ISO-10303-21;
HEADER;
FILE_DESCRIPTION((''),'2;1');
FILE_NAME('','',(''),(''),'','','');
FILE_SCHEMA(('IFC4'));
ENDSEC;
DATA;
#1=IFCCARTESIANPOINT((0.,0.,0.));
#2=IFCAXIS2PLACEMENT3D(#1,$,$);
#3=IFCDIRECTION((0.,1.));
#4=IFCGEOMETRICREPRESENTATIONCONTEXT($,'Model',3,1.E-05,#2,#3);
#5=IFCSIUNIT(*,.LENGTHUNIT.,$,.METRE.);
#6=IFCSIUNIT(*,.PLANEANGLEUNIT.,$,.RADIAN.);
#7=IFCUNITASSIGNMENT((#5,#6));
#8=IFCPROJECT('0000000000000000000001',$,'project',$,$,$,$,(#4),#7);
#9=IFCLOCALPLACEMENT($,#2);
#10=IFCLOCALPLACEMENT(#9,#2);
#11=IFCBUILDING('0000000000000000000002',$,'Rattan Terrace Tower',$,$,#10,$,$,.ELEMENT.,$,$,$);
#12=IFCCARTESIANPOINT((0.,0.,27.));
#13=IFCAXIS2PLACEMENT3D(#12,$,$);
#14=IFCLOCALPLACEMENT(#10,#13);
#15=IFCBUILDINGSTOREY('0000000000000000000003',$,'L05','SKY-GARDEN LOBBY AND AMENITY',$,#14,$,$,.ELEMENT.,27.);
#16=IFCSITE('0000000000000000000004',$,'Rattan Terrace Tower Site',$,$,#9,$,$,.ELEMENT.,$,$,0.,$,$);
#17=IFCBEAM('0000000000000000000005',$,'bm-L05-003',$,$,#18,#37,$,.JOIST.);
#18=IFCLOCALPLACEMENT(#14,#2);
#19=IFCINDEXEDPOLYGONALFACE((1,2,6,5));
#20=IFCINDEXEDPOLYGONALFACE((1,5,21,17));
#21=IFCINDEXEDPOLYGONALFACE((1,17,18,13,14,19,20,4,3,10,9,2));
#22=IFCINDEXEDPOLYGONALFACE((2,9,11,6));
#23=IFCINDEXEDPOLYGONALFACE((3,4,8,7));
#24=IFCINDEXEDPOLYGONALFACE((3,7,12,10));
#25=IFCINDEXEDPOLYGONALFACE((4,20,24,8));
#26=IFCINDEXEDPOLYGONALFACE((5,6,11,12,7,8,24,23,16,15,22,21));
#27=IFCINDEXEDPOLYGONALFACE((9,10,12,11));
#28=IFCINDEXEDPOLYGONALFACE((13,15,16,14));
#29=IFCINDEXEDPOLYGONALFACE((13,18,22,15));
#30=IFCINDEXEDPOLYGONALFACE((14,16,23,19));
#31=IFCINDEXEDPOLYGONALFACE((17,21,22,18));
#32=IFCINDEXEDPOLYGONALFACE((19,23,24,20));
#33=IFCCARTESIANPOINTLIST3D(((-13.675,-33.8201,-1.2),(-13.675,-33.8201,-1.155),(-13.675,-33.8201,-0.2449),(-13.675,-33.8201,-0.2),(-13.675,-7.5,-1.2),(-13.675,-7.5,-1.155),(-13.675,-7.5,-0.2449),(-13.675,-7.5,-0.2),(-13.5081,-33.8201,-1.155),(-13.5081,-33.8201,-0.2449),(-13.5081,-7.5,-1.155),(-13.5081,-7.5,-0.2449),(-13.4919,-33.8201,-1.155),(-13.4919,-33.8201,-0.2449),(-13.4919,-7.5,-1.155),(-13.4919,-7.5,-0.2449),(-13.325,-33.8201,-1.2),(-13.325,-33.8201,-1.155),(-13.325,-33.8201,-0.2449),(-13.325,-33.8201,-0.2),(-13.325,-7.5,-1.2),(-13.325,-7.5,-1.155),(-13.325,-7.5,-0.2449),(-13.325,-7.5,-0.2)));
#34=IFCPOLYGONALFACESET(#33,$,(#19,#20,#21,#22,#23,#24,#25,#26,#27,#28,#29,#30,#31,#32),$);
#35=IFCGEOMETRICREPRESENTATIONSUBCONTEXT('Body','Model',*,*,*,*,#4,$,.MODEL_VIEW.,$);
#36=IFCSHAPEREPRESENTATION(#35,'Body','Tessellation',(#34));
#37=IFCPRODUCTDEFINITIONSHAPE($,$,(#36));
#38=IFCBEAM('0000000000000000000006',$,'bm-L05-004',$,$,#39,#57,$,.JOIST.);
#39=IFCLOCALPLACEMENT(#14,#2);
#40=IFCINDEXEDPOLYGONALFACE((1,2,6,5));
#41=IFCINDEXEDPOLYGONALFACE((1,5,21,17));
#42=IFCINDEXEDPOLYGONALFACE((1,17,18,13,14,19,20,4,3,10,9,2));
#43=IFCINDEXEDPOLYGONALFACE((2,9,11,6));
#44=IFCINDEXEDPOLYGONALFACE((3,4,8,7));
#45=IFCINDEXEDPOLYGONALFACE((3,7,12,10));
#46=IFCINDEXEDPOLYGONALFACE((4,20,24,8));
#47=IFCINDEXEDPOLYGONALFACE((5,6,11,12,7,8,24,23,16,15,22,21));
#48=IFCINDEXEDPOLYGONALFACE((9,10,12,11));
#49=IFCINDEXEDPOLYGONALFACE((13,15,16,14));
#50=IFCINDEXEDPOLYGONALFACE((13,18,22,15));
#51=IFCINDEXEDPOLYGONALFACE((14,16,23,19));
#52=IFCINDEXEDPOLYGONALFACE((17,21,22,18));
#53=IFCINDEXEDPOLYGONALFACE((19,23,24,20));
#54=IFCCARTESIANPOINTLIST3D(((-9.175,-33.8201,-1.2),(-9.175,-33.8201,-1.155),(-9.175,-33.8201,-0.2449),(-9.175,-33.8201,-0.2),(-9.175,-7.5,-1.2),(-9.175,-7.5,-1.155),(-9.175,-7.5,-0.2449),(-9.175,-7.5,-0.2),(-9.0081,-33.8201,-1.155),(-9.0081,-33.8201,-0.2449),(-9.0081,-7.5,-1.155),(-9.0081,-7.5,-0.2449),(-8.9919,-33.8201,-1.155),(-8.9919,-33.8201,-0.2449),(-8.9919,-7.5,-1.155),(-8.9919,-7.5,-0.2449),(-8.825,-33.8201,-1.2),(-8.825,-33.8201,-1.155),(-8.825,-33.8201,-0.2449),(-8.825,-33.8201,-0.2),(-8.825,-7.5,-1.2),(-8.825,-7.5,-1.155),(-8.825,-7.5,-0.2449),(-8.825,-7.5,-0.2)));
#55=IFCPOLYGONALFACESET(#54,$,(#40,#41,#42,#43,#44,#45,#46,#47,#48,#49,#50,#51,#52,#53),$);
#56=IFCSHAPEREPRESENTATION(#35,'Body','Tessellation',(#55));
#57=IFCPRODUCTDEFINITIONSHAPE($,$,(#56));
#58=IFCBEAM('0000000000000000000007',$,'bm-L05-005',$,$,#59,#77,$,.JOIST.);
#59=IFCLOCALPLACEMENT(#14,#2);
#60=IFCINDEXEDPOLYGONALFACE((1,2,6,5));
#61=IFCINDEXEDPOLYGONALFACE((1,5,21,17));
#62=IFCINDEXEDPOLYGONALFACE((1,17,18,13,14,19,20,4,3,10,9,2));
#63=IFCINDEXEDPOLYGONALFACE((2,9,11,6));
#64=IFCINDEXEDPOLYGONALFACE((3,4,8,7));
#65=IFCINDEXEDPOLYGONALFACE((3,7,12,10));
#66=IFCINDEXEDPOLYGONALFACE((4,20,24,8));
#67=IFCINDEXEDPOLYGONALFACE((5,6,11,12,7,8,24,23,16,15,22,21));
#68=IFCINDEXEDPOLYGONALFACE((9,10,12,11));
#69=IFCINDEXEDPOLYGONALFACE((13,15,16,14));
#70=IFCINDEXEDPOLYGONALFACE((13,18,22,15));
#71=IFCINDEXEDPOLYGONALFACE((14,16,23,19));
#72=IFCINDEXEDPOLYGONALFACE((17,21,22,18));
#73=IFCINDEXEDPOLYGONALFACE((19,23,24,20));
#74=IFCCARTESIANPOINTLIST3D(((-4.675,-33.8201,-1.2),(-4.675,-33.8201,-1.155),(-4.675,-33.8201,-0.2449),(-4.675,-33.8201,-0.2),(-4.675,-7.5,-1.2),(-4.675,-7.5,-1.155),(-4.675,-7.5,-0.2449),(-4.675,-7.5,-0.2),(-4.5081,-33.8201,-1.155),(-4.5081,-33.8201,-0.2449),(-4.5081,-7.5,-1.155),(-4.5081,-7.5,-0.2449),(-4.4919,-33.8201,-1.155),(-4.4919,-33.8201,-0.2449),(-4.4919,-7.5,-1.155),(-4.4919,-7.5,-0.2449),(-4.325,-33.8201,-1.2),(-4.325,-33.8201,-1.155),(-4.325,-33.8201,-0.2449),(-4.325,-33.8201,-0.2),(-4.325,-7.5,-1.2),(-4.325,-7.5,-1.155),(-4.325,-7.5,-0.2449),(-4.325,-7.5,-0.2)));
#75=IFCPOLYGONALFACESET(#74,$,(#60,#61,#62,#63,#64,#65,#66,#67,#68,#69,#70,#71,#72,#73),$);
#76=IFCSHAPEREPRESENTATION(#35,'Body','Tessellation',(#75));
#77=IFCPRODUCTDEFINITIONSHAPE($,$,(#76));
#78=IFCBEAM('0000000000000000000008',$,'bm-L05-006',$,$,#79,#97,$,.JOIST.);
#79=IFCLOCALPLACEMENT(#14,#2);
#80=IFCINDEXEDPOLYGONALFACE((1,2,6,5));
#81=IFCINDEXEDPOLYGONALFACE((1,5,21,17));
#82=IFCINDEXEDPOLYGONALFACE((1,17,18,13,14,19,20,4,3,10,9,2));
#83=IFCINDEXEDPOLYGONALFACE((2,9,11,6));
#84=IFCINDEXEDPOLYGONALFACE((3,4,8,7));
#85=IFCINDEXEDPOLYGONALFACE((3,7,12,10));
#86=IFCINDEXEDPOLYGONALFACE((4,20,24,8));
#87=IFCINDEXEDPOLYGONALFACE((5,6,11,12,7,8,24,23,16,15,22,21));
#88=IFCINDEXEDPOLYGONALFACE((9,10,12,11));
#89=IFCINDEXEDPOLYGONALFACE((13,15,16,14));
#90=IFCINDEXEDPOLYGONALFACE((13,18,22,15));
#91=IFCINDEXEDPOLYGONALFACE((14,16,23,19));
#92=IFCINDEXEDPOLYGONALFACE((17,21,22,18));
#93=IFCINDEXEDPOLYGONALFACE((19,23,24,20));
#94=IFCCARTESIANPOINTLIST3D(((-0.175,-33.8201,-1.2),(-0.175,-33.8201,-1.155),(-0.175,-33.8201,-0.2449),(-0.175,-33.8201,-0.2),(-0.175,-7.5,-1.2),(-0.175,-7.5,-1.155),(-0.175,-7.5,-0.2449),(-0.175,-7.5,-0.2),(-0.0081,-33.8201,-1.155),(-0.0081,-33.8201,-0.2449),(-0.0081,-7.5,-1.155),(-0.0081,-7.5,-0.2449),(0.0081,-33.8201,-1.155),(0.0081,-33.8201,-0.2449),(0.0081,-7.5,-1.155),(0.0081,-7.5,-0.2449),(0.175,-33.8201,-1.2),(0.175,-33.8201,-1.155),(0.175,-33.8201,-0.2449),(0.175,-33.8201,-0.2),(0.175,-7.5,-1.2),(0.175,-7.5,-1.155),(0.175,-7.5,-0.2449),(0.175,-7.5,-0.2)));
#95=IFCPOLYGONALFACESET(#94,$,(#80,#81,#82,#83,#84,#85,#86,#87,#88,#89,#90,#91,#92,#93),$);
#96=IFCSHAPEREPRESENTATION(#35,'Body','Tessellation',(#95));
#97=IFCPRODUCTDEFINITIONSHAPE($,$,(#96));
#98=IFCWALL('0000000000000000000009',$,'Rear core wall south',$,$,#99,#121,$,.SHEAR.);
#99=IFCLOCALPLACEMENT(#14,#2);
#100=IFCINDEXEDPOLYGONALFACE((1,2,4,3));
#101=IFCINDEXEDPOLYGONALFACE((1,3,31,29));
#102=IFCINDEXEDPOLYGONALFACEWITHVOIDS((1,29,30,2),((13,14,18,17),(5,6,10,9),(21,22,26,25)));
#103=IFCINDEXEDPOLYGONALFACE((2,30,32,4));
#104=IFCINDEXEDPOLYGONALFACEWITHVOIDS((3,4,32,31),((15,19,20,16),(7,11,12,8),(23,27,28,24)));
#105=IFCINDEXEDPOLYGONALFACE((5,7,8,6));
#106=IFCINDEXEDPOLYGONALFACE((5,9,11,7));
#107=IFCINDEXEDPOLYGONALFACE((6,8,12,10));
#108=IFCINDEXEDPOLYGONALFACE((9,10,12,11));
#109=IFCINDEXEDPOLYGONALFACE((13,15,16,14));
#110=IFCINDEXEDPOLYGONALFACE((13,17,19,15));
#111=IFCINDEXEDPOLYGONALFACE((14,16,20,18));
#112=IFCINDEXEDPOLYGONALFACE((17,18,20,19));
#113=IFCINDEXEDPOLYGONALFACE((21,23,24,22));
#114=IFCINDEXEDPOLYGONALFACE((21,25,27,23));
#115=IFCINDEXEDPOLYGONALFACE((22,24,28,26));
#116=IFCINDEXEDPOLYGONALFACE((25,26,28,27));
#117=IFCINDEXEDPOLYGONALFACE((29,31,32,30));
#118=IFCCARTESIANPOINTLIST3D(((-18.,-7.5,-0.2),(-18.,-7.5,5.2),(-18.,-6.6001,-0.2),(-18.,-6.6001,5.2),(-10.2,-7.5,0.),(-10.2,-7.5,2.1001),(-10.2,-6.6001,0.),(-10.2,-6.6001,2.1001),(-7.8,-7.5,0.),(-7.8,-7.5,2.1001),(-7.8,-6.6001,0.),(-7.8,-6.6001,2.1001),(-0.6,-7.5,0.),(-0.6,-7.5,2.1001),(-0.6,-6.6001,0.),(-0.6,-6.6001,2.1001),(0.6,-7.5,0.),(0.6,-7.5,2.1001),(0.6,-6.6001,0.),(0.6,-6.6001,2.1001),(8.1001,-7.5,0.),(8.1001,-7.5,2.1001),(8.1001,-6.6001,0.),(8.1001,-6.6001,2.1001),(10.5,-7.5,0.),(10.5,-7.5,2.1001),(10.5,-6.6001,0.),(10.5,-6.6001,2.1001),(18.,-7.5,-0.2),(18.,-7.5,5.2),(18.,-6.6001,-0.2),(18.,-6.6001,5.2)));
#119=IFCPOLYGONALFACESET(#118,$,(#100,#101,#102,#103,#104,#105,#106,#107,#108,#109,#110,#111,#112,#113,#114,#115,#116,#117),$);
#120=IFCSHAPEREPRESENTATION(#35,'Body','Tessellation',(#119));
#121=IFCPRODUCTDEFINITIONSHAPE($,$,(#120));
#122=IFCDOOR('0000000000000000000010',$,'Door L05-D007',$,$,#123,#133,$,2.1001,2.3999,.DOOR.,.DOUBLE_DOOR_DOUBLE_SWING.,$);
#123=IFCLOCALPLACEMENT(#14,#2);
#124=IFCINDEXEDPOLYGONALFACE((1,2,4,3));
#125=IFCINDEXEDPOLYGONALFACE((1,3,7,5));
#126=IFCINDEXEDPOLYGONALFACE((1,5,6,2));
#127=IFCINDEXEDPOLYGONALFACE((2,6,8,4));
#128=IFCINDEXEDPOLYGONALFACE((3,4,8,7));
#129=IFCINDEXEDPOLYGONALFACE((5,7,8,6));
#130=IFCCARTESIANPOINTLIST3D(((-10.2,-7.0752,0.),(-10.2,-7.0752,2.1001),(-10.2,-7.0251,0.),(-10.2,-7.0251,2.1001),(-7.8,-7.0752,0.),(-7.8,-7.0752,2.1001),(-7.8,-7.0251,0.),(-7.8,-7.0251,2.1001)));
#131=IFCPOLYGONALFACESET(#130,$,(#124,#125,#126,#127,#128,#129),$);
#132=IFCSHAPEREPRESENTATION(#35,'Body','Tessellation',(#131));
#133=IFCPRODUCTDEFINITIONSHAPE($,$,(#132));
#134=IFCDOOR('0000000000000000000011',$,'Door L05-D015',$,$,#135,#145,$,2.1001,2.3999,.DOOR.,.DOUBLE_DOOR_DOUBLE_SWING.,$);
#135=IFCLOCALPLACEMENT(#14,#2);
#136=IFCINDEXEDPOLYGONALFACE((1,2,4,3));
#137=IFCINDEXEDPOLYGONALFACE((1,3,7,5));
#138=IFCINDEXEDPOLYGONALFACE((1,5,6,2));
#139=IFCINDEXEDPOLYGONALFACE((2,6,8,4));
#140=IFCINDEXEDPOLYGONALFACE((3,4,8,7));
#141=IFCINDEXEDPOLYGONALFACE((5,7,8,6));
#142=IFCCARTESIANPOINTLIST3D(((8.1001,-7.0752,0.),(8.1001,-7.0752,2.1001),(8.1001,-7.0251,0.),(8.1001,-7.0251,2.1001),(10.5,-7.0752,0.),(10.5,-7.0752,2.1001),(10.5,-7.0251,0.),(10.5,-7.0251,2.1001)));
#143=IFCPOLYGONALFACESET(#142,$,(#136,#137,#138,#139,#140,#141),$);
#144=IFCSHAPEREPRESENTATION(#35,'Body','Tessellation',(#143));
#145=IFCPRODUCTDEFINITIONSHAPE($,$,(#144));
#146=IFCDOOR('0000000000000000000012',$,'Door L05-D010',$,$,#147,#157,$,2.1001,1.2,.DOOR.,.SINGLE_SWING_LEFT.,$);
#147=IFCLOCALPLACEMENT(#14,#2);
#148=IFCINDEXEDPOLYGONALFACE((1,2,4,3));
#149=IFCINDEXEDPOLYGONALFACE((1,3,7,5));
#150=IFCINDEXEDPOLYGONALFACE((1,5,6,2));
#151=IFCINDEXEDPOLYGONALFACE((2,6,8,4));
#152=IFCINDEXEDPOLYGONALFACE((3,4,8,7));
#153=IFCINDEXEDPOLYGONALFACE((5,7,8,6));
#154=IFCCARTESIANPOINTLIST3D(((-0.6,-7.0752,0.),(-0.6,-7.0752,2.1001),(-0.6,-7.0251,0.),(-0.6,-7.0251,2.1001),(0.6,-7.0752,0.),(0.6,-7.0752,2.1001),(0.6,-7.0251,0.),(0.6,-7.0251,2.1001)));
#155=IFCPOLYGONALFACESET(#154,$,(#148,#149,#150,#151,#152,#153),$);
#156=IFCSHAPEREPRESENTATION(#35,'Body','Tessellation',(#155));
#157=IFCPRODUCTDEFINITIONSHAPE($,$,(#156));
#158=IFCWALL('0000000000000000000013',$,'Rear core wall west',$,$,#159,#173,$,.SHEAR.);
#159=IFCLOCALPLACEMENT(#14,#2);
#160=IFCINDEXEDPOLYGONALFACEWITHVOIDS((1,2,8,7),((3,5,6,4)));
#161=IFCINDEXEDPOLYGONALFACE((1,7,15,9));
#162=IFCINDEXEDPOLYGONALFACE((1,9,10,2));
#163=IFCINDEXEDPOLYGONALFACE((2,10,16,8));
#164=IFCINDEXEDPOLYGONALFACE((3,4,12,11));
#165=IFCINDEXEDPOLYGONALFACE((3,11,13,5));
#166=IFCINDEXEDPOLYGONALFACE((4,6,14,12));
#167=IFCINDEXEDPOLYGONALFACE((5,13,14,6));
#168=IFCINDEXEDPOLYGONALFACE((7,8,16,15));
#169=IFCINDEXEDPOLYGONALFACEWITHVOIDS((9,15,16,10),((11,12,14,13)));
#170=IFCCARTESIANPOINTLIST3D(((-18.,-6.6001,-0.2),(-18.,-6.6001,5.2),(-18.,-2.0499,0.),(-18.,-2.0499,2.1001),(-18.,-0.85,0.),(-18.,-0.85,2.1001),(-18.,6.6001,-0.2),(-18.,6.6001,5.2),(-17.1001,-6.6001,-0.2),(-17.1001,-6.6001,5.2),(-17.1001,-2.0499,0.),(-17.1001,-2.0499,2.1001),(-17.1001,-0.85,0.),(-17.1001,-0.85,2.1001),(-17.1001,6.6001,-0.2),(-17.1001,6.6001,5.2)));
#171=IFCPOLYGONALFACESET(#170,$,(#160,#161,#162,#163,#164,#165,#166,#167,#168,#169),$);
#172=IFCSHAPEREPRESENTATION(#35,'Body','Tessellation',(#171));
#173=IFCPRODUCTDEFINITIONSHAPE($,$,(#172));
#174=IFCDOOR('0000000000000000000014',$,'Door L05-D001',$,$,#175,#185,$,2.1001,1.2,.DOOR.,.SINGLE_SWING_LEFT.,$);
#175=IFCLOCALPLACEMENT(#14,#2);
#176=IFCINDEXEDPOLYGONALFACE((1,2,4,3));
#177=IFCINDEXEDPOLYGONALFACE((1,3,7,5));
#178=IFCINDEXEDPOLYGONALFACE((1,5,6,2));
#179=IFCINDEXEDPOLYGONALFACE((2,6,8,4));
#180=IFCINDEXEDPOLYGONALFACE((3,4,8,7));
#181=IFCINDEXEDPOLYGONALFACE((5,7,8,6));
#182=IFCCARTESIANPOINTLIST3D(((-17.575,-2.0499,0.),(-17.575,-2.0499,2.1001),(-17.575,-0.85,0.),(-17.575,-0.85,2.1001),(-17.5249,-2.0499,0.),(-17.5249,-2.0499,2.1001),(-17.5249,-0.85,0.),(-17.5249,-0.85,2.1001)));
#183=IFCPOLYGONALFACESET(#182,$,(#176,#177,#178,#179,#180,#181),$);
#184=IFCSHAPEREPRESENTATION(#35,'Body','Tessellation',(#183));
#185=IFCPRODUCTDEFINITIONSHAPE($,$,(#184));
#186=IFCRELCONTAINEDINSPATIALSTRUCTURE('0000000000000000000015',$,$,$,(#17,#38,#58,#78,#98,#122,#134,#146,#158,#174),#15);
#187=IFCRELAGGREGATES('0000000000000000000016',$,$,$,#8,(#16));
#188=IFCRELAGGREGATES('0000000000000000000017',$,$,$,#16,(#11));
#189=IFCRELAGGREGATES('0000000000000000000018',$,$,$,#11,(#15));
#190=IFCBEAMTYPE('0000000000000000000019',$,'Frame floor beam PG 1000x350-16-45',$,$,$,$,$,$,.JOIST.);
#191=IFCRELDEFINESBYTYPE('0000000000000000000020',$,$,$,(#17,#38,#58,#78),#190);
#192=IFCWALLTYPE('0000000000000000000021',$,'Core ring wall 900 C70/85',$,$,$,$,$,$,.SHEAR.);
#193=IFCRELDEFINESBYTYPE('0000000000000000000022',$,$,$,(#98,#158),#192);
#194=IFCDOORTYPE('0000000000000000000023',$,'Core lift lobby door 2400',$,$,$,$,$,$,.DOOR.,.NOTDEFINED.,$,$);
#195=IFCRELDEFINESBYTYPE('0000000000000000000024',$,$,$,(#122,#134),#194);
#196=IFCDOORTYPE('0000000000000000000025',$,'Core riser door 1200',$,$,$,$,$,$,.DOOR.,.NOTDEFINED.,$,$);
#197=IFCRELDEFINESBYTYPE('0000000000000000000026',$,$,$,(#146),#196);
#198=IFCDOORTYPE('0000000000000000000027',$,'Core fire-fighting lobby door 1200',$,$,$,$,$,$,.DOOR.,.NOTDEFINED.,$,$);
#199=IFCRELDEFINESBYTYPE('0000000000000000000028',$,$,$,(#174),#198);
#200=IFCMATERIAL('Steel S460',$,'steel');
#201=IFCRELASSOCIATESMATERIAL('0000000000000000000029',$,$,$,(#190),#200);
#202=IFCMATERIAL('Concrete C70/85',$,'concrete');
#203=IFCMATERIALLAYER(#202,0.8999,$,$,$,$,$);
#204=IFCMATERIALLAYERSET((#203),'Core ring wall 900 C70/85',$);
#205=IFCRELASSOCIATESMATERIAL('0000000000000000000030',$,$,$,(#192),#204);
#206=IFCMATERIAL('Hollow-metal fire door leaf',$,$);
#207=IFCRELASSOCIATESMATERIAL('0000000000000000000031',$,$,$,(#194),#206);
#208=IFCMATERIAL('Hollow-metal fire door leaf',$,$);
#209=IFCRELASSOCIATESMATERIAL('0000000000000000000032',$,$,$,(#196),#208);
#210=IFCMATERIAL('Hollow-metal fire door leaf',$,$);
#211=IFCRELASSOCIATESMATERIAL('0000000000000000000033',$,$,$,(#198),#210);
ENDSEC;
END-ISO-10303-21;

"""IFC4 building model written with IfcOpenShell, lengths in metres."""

from ifc_helpers import new_model, si_unit, direction, frame, frame_2d, origin, origin_2d, place, context, subcontext, project, spatial, rectangle, i_section, extrude, material, layer, layer_set, material_profile, profile_set, type_object, element, fill, save


model = new_model("IFC4")

# Units and contexts
model_context = context("Model", 3, precision=1e-05, world=origin(), true_north=direction((0.0, 1.0)))
body_context = subcontext(model_context, "Body", "Model", "MODEL_VIEW")
ifc_project = project(units=[si_unit("LENGTHUNIT", "METRE"), si_unit("PLANEANGLEUNIT", "RADIAN")], contexts=[model_context])

# Site, building, storey
site_placement = place(None, origin())
site = spatial("IfcSite", under=ifc_project, at=site_placement, Name="Rattan Terrace Tower Site", CompositionType="ELEMENT", RefElevation=0.0)
building_placement = place(site_placement, origin())
building = spatial("IfcBuilding", under=site, at=building_placement, Name="Rattan Terrace Tower", CompositionType="ELEMENT")
storey_placement = place(building_placement, frame((0.0, 0.0, 27.0)))
storey = spatial("IfcBuildingStorey", under=building, at=storey_placement, Name="L05", Description="SKY-GARDEN LOBBY AND AMENITY", CompositionType="ELEMENT", Elevation=27.0)

# Beams
ifc_material_1 = material(Name="Steel S460", Category="steel")
ifc_material_profile = material_profile(ifc_material_1, i_section(OverallWidth=0.3501, OverallDepth=1.0, WebThickness=0.0161, FlangeThickness=0.0449, at=origin_2d()), Name="PG 1000x350-16-45")
ifc_profile_set = profile_set([ifc_material_profile], Name="Steel S460")
beam_type = type_object("IfcBeamType", Name="Frame floor beam PG 1000x350-16-45", PredefinedType="JOIST", material=ifc_profile_set)
for number, where, z_axis, x_axis, name in (
    (1, (-13.5, -33.8201, -0.7), (0.0, 1.0, 0.0), (-1.0, 0.0, 0.0), "bm-L05-003"),
    (2, (-9.0, -33.8201, -0.7), (0.0, 1.0, 0.0), (-1.0, 0.0, 0.0), "bm-L05-004"),
    (3, (-4.5, -33.8201, -0.7), (0.0, 1.0, 0.0), (-1.0, 0.0, 0.0), "bm-L05-005"),
    (4, (0.0, -33.8201, -0.7), (0.0, 1.0, 0.0), (-1.0, 0.0, 0.0), "bm-L05-006"),
):
    element("IfcBeam", number, at=place(storey_placement, frame(where, z_axis=z_axis, x_axis=x_axis)), inside=storey, type_object=beam_type, Name=name, PredefinedType="JOIST", context=body_context, shape_type="SweptSolid", body=[
        extrude(i_section(OverallWidth=0.3501, OverallDepth=1.0, WebThickness=0.0161, FlangeThickness=0.0449, at=origin_2d()), origin(), (0.0, 0.0, 1.0), 26.3201),
    ])

# Wall, openings, doors
ifc_material_2 = material(Name="Concrete C70/85", Category="concrete")
ifc_layer_1 = layer(ifc_material_2, 0.8999)
ifc_layer_set_1 = layer_set([ifc_layer_1], Name="Core ring wall 900 C70/85")
wall_type_1 = type_object("IfcWallType", Name="Core ring wall 900 C70/85", PredefinedType="SHEAR", material=ifc_layer_set_1)
wall_1_placement = place(storey_placement, frame((-18.0, -7.05, -0.2), z_axis=(0.0, 0.0, 1.0), x_axis=(1.0, 0.0, 0.0)))
wall_1 = element("IfcWall", 5, at=wall_1_placement, inside=storey, type_object=wall_type_1, Name="Rear core wall south", PredefinedType="SHEAR", context=body_context, shape_type="SweptSolid", body=[
    extrude(rectangle(XDim=36.0, YDim=0.8999, at=frame_2d((18.0, 0.0))), origin(), (0.0, 0.0, 1.0), 5.3999),
])
opening_1_placement = place(wall_1_placement, frame((7.8, 0.0, 0.2)))
opening_1 = element("IfcOpeningElement", 6, at=opening_1_placement, cuts=wall_1, PredefinedType="OPENING", context=body_context, shape_type="SweptSolid", body=[
    extrude(rectangle(XDim=2.3999, YDim=2.1001, at=frame_2d((1.2, 1.05))), frame((0.0, 0.4604, 0.0), z_axis=(0.0, -1.0, 0.0), x_axis=(1.0, 0.0, 0.0)), (0.0, 0.0, 1.0), 0.9209),
])
opening_2_placement = place(wall_1_placement, frame((17.3999, 0.0, 0.2)))
opening_2 = element("IfcOpeningElement", 7, at=opening_2_placement, cuts=wall_1, PredefinedType="OPENING", context=body_context, shape_type="SweptSolid", body=[
    extrude(rectangle(XDim=1.2, YDim=2.1001, at=frame_2d((0.6001, 1.05))), frame((0.0, 0.4604, 0.0), z_axis=(0.0, -1.0, 0.0), x_axis=(1.0, 0.0, 0.0)), (0.0, 0.0, 1.0), 0.9209),
])
opening_3_placement = place(wall_1_placement, frame((26.1001, 0.0, 0.2)))
opening_3 = element("IfcOpeningElement", 8, at=opening_3_placement, cuts=wall_1, PredefinedType="OPENING", context=body_context, shape_type="SweptSolid", body=[
    extrude(rectangle(XDim=2.3999, YDim=2.1001, at=frame_2d((1.2, 1.05))), frame((0.0, 0.4604, 0.0), z_axis=(0.0, -1.0, 0.0), x_axis=(1.0, 0.0, 0.0)), (0.0, 0.0, 1.0), 0.9209),
])
ifc_material_3 = material(Name="Hollow-metal fire door leaf")
door_type_1 = type_object("IfcDoorType", Name="Core lift lobby door 2400", OperationType="NOTDEFINED", PredefinedType="DOOR", material=ifc_material_3)
door_1_placement = place(opening_1_placement, origin())
door_1 = element("IfcDoor", 9, at=door_1_placement, inside=storey, type_object=door_type_1, Name="Door L05-D007", OperationType="DOUBLE_DOOR_DOUBLE_SWING", OverallHeight=2.1001, OverallWidth=2.3999, PredefinedType="DOOR", context=body_context, shape_type="SweptSolid", body=[
    extrude(rectangle(XDim=2.3999, YDim=2.1001, at=frame_2d((1.2, 1.05))), frame((0.0, 0.0249, 0.0), z_axis=(0.0, -1.0, 0.0), x_axis=(1.0, 0.0, 0.0)), (0.0, 0.0, 1.0), 0.05),
])
fill(opening_1, door_1)
door_2_placement = place(opening_3_placement, origin())
door_2 = element("IfcDoor", 10, at=door_2_placement, inside=storey, type_object=door_type_1, Name="Door L05-D015", OperationType="DOUBLE_DOOR_DOUBLE_SWING", OverallHeight=2.1001, OverallWidth=2.3999, PredefinedType="DOOR", context=body_context, shape_type="SweptSolid", body=[
    extrude(rectangle(XDim=2.3999, YDim=2.1001, at=frame_2d((1.2, 1.05))), frame((0.0, 0.0249, 0.0), z_axis=(0.0, -1.0, 0.0), x_axis=(1.0, 0.0, 0.0)), (0.0, 0.0, 1.0), 0.05),
])
fill(opening_3, door_2)
ifc_material_4 = material(Name="Hollow-metal fire door leaf")
door_type_2 = type_object("IfcDoorType", Name="Core riser door 1200", OperationType="NOTDEFINED", PredefinedType="DOOR", material=ifc_material_4)
door_3_placement = place(opening_2_placement, origin())
door_3 = element("IfcDoor", 11, at=door_3_placement, inside=storey, type_object=door_type_2, Name="Door L05-D010", OperationType="SINGLE_SWING_LEFT", OverallHeight=2.1001, OverallWidth=1.2, PredefinedType="DOOR", context=body_context, shape_type="SweptSolid", body=[
    extrude(rectangle(XDim=1.2, YDim=2.1001, at=frame_2d((0.6001, 1.05))), frame((0.0, 0.0249, 0.0), z_axis=(0.0, -1.0, 0.0), x_axis=(1.0, 0.0, 0.0)), (0.0, 0.0, 1.0), 0.05),
])
fill(opening_2, door_3)

# Wall, opening, door
wall_2_placement = place(storey_placement, frame((-17.55, -6.6001, -0.2), z_axis=(0.0, 0.0, 1.0), x_axis=(0.0, 1.0, 0.0)))
wall_2 = element("IfcWall", 12, at=wall_2_placement, inside=storey, type_object=wall_type_1, Name="Rear core wall west", PredefinedType="SHEAR", context=body_context, shape_type="SweptSolid", body=[
    extrude(rectangle(XDim=13.2002, YDim=0.8999, at=frame_2d((6.6001, 0.0))), origin(), (0.0, 0.0, 1.0), 5.3999),
])
opening_4_placement = place(wall_2_placement, frame((4.55, 0.0, 0.2)))
opening_4 = element("IfcOpeningElement", 13, at=opening_4_placement, cuts=wall_2, PredefinedType="OPENING", context=body_context, shape_type="SweptSolid", body=[
    extrude(rectangle(XDim=1.2, YDim=2.1001, at=frame_2d((0.6001, 1.05))), frame((0.0, 0.4604, 0.0), z_axis=(0.0, -1.0, 0.0), x_axis=(1.0, 0.0, 0.0)), (0.0, 0.0, 1.0), 0.9209),
])
ifc_material_5 = material(Name="Hollow-metal fire door leaf")
door_type_3 = type_object("IfcDoorType", Name="Core fire-fighting lobby door 1200", OperationType="NOTDEFINED", PredefinedType="DOOR", material=ifc_material_5)
door_4_placement = place(opening_4_placement, origin())
door_4 = element("IfcDoor", 14, at=door_4_placement, inside=storey, type_object=door_type_3, Name="Door L05-D001", OperationType="SINGLE_SWING_LEFT", OverallHeight=2.1001, OverallWidth=1.2, PredefinedType="DOOR", context=body_context, shape_type="SweptSolid", body=[
    extrude(rectangle(XDim=1.2, YDim=2.1001, at=frame_2d((0.6001, 1.05))), frame((0.0, 0.0249, 0.0), z_axis=(0.0, -1.0, 0.0), x_axis=(1.0, 0.0, 0.0)), (0.0, 0.0, 1.0), 0.05),
])
fill(opening_4, door_4)

save(model, "model.ifc")
